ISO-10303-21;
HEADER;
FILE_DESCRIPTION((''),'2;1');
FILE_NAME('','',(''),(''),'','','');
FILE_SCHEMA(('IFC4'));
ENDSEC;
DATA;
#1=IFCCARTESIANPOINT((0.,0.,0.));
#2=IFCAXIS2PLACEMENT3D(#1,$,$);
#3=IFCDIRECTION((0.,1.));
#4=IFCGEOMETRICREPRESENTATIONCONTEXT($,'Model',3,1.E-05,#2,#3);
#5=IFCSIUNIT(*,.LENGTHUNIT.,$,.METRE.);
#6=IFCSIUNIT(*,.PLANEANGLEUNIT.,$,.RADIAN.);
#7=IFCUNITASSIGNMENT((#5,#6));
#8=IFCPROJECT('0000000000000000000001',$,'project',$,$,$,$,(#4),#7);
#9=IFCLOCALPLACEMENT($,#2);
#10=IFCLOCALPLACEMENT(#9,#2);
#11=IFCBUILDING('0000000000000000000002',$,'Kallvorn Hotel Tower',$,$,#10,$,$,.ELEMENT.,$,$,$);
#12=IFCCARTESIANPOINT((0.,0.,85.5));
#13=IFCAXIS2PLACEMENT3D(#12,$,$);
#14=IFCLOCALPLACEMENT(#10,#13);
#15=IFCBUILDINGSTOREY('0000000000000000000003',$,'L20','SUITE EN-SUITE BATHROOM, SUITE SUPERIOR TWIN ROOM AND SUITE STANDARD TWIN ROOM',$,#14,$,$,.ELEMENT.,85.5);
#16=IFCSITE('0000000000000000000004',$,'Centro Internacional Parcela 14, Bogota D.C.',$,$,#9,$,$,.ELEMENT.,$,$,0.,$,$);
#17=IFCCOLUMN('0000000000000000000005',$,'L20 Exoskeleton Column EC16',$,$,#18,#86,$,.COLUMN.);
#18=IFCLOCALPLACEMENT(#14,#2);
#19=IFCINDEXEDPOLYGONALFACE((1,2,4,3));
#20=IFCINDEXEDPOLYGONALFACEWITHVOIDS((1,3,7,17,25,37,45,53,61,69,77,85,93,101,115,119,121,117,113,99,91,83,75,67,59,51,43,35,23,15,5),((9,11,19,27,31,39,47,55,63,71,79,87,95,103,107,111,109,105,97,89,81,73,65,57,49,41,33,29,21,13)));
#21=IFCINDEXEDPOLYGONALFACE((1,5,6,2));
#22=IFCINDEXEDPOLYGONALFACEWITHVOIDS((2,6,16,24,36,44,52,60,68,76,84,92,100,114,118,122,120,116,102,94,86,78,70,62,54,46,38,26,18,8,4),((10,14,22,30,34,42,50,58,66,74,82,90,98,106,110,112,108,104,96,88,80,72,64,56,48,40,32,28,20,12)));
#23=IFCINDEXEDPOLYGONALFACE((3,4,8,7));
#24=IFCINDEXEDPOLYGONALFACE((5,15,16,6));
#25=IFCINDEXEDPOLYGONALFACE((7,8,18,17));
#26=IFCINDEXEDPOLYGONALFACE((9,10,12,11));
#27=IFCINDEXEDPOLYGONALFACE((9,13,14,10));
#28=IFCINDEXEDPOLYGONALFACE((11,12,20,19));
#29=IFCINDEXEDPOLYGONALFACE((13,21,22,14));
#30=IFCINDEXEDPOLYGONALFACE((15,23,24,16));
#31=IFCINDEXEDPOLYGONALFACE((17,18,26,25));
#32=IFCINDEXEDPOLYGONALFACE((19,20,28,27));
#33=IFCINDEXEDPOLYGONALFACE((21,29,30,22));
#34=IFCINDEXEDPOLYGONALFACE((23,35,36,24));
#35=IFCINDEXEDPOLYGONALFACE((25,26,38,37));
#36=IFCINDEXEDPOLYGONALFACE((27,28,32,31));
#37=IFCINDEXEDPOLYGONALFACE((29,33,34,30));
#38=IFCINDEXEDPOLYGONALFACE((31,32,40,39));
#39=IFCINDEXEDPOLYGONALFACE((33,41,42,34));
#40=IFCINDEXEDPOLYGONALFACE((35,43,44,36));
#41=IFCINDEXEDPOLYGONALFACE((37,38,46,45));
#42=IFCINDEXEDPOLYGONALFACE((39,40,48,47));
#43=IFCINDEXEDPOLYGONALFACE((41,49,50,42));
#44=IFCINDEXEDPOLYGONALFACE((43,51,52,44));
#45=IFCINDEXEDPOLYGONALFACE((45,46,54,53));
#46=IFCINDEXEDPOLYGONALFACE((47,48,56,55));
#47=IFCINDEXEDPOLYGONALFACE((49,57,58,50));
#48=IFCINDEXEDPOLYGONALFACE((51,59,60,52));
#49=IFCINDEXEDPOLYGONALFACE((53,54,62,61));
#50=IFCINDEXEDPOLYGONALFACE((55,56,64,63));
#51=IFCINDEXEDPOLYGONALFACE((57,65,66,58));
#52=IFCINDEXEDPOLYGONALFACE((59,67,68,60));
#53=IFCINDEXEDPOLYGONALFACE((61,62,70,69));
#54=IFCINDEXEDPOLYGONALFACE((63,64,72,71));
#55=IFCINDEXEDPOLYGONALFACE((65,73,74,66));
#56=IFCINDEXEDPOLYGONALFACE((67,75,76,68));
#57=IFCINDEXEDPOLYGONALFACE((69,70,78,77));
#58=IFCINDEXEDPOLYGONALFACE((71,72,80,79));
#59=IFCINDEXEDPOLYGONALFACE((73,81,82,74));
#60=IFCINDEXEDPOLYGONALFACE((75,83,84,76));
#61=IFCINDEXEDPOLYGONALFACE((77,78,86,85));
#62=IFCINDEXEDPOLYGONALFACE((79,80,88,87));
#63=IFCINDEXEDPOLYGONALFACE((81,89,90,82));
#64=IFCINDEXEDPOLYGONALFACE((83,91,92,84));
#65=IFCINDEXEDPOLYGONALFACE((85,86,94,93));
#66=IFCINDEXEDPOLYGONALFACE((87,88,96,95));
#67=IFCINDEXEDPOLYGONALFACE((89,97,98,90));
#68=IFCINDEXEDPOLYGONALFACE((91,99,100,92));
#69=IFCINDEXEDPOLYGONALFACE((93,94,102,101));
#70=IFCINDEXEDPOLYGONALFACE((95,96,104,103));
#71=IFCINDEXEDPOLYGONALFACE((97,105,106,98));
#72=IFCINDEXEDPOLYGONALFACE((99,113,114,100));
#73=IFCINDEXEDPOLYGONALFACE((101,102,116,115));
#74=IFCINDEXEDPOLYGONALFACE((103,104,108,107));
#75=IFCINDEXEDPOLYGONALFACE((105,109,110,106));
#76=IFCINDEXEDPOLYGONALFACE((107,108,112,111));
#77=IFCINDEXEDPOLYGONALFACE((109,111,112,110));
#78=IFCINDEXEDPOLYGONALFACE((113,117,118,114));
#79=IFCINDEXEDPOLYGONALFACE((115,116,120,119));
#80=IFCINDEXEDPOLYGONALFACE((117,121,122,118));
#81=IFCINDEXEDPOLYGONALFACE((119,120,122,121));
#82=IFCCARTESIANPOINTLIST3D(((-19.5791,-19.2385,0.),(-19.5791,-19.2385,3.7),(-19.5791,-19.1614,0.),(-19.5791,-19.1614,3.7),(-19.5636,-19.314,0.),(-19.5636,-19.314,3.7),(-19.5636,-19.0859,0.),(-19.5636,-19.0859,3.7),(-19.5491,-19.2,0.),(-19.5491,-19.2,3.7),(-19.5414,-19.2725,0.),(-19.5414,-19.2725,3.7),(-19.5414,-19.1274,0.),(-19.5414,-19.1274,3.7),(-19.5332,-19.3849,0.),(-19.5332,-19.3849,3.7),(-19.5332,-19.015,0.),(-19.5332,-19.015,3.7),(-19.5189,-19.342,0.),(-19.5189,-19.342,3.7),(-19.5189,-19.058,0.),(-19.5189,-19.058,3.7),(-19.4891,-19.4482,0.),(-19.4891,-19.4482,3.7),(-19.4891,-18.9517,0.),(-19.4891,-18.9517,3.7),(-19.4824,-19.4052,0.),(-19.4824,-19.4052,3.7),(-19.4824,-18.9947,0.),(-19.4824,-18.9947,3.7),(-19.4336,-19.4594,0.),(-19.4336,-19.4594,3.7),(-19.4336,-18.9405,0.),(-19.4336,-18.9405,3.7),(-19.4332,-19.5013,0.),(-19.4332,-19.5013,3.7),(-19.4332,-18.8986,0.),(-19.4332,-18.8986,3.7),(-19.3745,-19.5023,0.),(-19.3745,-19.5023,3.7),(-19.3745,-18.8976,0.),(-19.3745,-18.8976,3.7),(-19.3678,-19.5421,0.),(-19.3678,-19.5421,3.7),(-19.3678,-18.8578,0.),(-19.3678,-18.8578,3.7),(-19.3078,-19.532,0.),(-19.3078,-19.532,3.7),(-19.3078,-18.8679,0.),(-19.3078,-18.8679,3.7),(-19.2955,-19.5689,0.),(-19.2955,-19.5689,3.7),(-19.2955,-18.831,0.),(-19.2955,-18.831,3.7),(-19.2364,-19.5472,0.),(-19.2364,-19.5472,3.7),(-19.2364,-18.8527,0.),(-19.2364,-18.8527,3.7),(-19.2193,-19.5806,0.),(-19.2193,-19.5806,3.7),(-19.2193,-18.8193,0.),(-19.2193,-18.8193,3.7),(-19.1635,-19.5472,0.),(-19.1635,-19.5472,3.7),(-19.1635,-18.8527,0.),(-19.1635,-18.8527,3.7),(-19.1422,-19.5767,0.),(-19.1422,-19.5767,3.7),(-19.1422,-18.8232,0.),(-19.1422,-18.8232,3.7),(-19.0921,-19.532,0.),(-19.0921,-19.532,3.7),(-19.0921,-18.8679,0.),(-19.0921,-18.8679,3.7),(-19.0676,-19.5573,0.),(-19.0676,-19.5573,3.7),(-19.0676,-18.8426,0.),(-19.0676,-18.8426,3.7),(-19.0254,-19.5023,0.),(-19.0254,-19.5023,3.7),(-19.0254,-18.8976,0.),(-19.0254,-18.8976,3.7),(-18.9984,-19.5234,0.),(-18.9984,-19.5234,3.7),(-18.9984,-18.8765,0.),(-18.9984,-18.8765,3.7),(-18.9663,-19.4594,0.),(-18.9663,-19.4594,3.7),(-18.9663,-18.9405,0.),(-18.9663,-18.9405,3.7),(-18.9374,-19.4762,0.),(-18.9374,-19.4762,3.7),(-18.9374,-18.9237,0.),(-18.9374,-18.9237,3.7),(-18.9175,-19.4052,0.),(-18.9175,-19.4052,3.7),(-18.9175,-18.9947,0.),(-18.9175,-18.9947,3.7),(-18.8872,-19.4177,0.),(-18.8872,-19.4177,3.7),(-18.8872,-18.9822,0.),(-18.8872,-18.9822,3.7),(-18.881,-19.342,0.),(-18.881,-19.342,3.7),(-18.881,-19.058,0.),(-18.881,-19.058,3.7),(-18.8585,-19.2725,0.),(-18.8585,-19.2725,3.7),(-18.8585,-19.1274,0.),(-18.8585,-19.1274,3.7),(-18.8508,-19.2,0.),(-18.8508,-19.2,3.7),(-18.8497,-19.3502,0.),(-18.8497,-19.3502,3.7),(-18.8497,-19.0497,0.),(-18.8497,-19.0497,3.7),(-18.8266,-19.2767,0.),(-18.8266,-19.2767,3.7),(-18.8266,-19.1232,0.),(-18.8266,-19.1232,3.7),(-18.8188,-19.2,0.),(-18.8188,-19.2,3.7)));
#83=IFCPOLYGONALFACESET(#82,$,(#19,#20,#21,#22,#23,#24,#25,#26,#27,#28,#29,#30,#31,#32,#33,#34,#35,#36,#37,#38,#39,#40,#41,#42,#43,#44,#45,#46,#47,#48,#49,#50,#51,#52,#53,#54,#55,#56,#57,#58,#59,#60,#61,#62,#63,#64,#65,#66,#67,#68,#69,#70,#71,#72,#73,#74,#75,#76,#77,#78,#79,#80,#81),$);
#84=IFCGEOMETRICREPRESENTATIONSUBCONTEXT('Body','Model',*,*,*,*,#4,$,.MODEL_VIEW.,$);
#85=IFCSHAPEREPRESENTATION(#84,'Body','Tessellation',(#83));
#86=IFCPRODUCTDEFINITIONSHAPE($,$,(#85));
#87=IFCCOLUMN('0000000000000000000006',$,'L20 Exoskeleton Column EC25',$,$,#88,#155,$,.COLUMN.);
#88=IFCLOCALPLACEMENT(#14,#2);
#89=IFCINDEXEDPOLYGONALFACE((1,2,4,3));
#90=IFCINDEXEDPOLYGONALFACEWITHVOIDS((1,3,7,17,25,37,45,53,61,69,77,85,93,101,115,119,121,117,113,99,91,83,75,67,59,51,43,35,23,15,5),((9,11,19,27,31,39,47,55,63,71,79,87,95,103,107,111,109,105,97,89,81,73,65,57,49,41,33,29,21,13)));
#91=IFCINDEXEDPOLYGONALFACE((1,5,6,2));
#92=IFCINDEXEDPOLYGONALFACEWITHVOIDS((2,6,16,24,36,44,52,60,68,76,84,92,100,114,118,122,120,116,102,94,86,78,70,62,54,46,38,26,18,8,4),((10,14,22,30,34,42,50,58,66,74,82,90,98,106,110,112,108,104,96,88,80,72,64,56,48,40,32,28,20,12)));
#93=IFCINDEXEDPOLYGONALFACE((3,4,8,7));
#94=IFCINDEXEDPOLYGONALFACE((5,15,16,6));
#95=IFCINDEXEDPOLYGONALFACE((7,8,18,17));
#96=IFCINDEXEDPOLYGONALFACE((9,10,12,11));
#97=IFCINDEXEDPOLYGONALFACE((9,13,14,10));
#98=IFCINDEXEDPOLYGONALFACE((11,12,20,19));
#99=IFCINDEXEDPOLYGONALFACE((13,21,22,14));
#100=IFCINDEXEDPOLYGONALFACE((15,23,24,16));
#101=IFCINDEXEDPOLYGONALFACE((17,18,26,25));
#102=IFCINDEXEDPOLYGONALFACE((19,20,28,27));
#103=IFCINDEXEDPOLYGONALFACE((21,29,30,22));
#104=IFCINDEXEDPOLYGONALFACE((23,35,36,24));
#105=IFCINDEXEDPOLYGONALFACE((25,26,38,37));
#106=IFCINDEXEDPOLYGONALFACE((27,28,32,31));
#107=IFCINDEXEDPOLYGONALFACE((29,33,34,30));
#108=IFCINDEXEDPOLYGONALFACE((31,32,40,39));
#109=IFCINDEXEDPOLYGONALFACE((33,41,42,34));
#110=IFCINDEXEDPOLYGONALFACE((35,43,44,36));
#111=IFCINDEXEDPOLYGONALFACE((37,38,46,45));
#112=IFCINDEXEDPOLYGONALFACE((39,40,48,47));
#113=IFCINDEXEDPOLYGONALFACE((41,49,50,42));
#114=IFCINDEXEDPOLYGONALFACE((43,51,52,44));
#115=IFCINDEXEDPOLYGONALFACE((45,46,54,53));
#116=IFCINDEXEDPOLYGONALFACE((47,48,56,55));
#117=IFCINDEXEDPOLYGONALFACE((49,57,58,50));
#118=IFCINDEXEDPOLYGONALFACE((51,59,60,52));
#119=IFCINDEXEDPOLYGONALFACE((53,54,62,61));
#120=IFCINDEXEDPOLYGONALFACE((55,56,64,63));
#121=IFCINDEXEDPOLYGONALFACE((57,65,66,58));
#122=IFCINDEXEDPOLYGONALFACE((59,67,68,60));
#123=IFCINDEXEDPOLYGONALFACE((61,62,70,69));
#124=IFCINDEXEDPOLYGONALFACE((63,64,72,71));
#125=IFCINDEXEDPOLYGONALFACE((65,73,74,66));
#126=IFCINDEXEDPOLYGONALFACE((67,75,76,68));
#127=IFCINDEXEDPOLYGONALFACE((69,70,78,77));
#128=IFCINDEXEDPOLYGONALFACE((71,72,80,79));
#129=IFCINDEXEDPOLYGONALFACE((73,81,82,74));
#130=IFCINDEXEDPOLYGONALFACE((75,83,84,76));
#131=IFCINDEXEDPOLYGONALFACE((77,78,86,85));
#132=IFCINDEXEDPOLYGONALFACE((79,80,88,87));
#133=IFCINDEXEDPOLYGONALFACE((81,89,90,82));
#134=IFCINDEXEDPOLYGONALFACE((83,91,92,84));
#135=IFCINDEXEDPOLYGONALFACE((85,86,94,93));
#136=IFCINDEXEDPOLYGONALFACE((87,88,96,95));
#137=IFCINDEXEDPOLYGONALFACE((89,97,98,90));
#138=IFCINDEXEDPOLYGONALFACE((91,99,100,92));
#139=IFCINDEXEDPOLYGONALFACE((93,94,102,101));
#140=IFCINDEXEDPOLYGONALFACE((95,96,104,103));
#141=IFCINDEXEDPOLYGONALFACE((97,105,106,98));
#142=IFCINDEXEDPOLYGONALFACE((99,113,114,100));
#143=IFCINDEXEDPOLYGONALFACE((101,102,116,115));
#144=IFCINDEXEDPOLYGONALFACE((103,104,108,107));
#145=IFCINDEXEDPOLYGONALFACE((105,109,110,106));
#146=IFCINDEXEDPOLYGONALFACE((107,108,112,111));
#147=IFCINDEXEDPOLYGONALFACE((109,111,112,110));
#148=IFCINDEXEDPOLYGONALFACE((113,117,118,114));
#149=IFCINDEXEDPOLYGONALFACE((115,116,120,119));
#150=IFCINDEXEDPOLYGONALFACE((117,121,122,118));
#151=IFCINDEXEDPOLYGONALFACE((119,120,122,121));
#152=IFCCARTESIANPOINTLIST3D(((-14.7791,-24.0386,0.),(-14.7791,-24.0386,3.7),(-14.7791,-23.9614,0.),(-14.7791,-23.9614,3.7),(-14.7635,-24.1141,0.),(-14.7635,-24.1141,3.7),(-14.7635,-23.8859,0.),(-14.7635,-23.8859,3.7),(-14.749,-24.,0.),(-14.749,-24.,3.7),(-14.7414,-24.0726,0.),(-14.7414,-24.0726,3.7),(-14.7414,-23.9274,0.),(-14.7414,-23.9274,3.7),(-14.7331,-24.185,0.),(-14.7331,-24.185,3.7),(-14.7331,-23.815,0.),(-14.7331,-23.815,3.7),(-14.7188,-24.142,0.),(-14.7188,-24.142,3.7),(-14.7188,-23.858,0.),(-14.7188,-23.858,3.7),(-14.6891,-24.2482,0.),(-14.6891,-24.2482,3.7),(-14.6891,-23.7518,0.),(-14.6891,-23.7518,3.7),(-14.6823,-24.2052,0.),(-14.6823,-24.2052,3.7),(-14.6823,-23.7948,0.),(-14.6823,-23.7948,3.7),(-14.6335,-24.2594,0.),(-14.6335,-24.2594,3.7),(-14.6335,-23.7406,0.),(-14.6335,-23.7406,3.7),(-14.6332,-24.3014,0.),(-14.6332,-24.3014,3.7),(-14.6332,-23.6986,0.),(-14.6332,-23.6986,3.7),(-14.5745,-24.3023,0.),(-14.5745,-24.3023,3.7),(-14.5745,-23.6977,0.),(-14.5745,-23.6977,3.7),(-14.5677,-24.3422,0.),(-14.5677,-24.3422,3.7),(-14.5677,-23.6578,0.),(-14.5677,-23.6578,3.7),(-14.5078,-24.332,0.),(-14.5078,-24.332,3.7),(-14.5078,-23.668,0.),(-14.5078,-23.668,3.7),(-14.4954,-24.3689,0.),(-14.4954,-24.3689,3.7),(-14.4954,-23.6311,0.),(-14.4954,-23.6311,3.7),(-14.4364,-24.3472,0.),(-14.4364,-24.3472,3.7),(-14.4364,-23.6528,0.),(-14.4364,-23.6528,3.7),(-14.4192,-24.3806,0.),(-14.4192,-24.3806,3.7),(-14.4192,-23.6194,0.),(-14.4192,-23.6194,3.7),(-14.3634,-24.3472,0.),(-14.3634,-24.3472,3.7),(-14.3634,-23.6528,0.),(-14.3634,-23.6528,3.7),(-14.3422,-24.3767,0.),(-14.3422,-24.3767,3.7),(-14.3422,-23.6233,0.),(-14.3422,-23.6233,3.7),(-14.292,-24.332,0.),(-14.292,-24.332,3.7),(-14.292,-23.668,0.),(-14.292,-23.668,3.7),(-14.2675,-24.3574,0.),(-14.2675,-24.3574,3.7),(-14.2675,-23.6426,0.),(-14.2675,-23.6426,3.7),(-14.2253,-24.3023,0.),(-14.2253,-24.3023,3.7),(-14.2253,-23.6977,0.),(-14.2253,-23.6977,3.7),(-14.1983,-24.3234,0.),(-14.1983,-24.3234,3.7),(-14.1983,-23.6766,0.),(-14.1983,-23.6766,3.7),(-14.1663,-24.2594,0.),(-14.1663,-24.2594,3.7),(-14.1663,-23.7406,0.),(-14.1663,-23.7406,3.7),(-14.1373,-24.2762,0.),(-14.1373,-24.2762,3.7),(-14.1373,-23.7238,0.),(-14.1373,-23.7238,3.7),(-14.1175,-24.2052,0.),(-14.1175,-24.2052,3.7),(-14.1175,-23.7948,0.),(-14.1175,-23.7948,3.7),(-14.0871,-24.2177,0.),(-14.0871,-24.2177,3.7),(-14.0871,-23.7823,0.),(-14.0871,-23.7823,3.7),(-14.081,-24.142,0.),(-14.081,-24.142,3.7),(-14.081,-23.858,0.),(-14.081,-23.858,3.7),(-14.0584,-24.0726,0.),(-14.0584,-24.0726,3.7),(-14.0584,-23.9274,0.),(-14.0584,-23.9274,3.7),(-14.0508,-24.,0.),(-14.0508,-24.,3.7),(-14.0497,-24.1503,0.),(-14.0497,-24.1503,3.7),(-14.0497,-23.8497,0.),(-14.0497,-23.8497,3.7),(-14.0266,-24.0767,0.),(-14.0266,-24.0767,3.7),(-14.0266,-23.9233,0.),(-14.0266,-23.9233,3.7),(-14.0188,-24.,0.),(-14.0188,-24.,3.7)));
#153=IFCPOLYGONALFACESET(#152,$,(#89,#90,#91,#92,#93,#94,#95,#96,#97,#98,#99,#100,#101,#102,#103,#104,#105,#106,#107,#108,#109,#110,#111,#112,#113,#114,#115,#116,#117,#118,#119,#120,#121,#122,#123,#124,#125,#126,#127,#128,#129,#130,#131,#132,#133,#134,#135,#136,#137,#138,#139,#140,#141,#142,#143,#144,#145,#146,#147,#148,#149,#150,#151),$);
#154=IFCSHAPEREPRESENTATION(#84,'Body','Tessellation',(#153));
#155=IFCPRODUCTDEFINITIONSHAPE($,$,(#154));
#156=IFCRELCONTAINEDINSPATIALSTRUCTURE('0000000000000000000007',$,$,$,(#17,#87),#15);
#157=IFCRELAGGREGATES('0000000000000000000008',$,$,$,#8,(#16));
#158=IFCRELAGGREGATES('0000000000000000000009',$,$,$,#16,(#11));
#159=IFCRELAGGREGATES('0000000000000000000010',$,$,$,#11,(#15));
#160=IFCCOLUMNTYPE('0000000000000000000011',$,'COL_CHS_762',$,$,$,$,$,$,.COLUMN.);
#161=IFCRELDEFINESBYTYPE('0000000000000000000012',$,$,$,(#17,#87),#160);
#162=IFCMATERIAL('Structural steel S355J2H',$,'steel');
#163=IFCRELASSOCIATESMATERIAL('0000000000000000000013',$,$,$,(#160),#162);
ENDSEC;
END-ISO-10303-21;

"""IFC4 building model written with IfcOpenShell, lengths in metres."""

from ifc_helpers import new_model, si_unit, direction, frame, origin, origin_2d, place, context, subcontext, project, spatial, hollow_circle, extrude, material, material_profile, profile_set, type_object, element, save


model = new_model("IFC4")

# Units and contexts
model_context = context("Model", 3, precision=1e-05, world=origin(), true_north=direction((0.0, 1.0)))
body_context = subcontext(model_context, "Body", "Model", "MODEL_VIEW")
ifc_project = project(units=[si_unit("LENGTHUNIT", "METRE"), si_unit("PLANEANGLEUNIT", "RADIAN")], contexts=[model_context])

# Site, building, storey
site_placement = place(None, origin())
site = spatial("IfcSite", under=ifc_project, at=site_placement, Name="Centro Internacional Parcela 14, Bogota D.C.", CompositionType="ELEMENT", RefElevation=0.0)
building_placement = place(site_placement, origin())
building = spatial("IfcBuilding", under=site, at=building_placement, Name="Kallvorn Hotel Tower", CompositionType="ELEMENT")
storey_placement = place(building_placement, frame((0.0, 0.0, 85.5)))
storey = spatial("IfcBuildingStorey", under=building, at=storey_placement, Name="L20", Description="SUITE EN-SUITE BATHROOM, SUITE SUPERIOR TWIN ROOM AND SUITE STANDARD TWIN ROOM", CompositionType="ELEMENT", Elevation=85.5)

# Columns
ifc_material_1 = material(Name="Structural steel S355J2H", Category="steel")
ifc_material_profile_1 = material_profile(ifc_material_1, hollow_circle(Radius=0.3811, WallThickness=0.032, at=origin_2d()), Name="CHS 762x32")
ifc_profile_set_1 = profile_set([ifc_material_profile_1], Name="Structural steel S355J2H")
column_type = type_object("IfcColumnType", Name="COL_CHS_762", PredefinedType="COLUMN", material=ifc_profile_set_1)
for number, where, z_axis, x_axis, name in (
    (1, (-19.2, -19.2, 0.0), (0.0, 0.0, 1.0), (1.0, 0.0, 0.0), "L20 Exoskeleton Column EC16"),
    (2, (-14.3999, -24.0, 0.0), (0.0, 0.0, 1.0), (1.0, 0.0, 0.0), "L20 Exoskeleton Column EC25"),
):
    element("IfcColumn", number, at=place(storey_placement, frame(where, z_axis=z_axis, x_axis=x_axis)), inside=storey, type_object=column_type, Name=name, PredefinedType="COLUMN", context=body_context, shape_type="SweptSolid", body=[
        extrude(hollow_circle(Radius=0.3811, WallThickness=0.032, at=origin_2d()), origin(), (0.0, 0.0, 1.0), 3.7),
    ])

save(model, "model.ifc")
